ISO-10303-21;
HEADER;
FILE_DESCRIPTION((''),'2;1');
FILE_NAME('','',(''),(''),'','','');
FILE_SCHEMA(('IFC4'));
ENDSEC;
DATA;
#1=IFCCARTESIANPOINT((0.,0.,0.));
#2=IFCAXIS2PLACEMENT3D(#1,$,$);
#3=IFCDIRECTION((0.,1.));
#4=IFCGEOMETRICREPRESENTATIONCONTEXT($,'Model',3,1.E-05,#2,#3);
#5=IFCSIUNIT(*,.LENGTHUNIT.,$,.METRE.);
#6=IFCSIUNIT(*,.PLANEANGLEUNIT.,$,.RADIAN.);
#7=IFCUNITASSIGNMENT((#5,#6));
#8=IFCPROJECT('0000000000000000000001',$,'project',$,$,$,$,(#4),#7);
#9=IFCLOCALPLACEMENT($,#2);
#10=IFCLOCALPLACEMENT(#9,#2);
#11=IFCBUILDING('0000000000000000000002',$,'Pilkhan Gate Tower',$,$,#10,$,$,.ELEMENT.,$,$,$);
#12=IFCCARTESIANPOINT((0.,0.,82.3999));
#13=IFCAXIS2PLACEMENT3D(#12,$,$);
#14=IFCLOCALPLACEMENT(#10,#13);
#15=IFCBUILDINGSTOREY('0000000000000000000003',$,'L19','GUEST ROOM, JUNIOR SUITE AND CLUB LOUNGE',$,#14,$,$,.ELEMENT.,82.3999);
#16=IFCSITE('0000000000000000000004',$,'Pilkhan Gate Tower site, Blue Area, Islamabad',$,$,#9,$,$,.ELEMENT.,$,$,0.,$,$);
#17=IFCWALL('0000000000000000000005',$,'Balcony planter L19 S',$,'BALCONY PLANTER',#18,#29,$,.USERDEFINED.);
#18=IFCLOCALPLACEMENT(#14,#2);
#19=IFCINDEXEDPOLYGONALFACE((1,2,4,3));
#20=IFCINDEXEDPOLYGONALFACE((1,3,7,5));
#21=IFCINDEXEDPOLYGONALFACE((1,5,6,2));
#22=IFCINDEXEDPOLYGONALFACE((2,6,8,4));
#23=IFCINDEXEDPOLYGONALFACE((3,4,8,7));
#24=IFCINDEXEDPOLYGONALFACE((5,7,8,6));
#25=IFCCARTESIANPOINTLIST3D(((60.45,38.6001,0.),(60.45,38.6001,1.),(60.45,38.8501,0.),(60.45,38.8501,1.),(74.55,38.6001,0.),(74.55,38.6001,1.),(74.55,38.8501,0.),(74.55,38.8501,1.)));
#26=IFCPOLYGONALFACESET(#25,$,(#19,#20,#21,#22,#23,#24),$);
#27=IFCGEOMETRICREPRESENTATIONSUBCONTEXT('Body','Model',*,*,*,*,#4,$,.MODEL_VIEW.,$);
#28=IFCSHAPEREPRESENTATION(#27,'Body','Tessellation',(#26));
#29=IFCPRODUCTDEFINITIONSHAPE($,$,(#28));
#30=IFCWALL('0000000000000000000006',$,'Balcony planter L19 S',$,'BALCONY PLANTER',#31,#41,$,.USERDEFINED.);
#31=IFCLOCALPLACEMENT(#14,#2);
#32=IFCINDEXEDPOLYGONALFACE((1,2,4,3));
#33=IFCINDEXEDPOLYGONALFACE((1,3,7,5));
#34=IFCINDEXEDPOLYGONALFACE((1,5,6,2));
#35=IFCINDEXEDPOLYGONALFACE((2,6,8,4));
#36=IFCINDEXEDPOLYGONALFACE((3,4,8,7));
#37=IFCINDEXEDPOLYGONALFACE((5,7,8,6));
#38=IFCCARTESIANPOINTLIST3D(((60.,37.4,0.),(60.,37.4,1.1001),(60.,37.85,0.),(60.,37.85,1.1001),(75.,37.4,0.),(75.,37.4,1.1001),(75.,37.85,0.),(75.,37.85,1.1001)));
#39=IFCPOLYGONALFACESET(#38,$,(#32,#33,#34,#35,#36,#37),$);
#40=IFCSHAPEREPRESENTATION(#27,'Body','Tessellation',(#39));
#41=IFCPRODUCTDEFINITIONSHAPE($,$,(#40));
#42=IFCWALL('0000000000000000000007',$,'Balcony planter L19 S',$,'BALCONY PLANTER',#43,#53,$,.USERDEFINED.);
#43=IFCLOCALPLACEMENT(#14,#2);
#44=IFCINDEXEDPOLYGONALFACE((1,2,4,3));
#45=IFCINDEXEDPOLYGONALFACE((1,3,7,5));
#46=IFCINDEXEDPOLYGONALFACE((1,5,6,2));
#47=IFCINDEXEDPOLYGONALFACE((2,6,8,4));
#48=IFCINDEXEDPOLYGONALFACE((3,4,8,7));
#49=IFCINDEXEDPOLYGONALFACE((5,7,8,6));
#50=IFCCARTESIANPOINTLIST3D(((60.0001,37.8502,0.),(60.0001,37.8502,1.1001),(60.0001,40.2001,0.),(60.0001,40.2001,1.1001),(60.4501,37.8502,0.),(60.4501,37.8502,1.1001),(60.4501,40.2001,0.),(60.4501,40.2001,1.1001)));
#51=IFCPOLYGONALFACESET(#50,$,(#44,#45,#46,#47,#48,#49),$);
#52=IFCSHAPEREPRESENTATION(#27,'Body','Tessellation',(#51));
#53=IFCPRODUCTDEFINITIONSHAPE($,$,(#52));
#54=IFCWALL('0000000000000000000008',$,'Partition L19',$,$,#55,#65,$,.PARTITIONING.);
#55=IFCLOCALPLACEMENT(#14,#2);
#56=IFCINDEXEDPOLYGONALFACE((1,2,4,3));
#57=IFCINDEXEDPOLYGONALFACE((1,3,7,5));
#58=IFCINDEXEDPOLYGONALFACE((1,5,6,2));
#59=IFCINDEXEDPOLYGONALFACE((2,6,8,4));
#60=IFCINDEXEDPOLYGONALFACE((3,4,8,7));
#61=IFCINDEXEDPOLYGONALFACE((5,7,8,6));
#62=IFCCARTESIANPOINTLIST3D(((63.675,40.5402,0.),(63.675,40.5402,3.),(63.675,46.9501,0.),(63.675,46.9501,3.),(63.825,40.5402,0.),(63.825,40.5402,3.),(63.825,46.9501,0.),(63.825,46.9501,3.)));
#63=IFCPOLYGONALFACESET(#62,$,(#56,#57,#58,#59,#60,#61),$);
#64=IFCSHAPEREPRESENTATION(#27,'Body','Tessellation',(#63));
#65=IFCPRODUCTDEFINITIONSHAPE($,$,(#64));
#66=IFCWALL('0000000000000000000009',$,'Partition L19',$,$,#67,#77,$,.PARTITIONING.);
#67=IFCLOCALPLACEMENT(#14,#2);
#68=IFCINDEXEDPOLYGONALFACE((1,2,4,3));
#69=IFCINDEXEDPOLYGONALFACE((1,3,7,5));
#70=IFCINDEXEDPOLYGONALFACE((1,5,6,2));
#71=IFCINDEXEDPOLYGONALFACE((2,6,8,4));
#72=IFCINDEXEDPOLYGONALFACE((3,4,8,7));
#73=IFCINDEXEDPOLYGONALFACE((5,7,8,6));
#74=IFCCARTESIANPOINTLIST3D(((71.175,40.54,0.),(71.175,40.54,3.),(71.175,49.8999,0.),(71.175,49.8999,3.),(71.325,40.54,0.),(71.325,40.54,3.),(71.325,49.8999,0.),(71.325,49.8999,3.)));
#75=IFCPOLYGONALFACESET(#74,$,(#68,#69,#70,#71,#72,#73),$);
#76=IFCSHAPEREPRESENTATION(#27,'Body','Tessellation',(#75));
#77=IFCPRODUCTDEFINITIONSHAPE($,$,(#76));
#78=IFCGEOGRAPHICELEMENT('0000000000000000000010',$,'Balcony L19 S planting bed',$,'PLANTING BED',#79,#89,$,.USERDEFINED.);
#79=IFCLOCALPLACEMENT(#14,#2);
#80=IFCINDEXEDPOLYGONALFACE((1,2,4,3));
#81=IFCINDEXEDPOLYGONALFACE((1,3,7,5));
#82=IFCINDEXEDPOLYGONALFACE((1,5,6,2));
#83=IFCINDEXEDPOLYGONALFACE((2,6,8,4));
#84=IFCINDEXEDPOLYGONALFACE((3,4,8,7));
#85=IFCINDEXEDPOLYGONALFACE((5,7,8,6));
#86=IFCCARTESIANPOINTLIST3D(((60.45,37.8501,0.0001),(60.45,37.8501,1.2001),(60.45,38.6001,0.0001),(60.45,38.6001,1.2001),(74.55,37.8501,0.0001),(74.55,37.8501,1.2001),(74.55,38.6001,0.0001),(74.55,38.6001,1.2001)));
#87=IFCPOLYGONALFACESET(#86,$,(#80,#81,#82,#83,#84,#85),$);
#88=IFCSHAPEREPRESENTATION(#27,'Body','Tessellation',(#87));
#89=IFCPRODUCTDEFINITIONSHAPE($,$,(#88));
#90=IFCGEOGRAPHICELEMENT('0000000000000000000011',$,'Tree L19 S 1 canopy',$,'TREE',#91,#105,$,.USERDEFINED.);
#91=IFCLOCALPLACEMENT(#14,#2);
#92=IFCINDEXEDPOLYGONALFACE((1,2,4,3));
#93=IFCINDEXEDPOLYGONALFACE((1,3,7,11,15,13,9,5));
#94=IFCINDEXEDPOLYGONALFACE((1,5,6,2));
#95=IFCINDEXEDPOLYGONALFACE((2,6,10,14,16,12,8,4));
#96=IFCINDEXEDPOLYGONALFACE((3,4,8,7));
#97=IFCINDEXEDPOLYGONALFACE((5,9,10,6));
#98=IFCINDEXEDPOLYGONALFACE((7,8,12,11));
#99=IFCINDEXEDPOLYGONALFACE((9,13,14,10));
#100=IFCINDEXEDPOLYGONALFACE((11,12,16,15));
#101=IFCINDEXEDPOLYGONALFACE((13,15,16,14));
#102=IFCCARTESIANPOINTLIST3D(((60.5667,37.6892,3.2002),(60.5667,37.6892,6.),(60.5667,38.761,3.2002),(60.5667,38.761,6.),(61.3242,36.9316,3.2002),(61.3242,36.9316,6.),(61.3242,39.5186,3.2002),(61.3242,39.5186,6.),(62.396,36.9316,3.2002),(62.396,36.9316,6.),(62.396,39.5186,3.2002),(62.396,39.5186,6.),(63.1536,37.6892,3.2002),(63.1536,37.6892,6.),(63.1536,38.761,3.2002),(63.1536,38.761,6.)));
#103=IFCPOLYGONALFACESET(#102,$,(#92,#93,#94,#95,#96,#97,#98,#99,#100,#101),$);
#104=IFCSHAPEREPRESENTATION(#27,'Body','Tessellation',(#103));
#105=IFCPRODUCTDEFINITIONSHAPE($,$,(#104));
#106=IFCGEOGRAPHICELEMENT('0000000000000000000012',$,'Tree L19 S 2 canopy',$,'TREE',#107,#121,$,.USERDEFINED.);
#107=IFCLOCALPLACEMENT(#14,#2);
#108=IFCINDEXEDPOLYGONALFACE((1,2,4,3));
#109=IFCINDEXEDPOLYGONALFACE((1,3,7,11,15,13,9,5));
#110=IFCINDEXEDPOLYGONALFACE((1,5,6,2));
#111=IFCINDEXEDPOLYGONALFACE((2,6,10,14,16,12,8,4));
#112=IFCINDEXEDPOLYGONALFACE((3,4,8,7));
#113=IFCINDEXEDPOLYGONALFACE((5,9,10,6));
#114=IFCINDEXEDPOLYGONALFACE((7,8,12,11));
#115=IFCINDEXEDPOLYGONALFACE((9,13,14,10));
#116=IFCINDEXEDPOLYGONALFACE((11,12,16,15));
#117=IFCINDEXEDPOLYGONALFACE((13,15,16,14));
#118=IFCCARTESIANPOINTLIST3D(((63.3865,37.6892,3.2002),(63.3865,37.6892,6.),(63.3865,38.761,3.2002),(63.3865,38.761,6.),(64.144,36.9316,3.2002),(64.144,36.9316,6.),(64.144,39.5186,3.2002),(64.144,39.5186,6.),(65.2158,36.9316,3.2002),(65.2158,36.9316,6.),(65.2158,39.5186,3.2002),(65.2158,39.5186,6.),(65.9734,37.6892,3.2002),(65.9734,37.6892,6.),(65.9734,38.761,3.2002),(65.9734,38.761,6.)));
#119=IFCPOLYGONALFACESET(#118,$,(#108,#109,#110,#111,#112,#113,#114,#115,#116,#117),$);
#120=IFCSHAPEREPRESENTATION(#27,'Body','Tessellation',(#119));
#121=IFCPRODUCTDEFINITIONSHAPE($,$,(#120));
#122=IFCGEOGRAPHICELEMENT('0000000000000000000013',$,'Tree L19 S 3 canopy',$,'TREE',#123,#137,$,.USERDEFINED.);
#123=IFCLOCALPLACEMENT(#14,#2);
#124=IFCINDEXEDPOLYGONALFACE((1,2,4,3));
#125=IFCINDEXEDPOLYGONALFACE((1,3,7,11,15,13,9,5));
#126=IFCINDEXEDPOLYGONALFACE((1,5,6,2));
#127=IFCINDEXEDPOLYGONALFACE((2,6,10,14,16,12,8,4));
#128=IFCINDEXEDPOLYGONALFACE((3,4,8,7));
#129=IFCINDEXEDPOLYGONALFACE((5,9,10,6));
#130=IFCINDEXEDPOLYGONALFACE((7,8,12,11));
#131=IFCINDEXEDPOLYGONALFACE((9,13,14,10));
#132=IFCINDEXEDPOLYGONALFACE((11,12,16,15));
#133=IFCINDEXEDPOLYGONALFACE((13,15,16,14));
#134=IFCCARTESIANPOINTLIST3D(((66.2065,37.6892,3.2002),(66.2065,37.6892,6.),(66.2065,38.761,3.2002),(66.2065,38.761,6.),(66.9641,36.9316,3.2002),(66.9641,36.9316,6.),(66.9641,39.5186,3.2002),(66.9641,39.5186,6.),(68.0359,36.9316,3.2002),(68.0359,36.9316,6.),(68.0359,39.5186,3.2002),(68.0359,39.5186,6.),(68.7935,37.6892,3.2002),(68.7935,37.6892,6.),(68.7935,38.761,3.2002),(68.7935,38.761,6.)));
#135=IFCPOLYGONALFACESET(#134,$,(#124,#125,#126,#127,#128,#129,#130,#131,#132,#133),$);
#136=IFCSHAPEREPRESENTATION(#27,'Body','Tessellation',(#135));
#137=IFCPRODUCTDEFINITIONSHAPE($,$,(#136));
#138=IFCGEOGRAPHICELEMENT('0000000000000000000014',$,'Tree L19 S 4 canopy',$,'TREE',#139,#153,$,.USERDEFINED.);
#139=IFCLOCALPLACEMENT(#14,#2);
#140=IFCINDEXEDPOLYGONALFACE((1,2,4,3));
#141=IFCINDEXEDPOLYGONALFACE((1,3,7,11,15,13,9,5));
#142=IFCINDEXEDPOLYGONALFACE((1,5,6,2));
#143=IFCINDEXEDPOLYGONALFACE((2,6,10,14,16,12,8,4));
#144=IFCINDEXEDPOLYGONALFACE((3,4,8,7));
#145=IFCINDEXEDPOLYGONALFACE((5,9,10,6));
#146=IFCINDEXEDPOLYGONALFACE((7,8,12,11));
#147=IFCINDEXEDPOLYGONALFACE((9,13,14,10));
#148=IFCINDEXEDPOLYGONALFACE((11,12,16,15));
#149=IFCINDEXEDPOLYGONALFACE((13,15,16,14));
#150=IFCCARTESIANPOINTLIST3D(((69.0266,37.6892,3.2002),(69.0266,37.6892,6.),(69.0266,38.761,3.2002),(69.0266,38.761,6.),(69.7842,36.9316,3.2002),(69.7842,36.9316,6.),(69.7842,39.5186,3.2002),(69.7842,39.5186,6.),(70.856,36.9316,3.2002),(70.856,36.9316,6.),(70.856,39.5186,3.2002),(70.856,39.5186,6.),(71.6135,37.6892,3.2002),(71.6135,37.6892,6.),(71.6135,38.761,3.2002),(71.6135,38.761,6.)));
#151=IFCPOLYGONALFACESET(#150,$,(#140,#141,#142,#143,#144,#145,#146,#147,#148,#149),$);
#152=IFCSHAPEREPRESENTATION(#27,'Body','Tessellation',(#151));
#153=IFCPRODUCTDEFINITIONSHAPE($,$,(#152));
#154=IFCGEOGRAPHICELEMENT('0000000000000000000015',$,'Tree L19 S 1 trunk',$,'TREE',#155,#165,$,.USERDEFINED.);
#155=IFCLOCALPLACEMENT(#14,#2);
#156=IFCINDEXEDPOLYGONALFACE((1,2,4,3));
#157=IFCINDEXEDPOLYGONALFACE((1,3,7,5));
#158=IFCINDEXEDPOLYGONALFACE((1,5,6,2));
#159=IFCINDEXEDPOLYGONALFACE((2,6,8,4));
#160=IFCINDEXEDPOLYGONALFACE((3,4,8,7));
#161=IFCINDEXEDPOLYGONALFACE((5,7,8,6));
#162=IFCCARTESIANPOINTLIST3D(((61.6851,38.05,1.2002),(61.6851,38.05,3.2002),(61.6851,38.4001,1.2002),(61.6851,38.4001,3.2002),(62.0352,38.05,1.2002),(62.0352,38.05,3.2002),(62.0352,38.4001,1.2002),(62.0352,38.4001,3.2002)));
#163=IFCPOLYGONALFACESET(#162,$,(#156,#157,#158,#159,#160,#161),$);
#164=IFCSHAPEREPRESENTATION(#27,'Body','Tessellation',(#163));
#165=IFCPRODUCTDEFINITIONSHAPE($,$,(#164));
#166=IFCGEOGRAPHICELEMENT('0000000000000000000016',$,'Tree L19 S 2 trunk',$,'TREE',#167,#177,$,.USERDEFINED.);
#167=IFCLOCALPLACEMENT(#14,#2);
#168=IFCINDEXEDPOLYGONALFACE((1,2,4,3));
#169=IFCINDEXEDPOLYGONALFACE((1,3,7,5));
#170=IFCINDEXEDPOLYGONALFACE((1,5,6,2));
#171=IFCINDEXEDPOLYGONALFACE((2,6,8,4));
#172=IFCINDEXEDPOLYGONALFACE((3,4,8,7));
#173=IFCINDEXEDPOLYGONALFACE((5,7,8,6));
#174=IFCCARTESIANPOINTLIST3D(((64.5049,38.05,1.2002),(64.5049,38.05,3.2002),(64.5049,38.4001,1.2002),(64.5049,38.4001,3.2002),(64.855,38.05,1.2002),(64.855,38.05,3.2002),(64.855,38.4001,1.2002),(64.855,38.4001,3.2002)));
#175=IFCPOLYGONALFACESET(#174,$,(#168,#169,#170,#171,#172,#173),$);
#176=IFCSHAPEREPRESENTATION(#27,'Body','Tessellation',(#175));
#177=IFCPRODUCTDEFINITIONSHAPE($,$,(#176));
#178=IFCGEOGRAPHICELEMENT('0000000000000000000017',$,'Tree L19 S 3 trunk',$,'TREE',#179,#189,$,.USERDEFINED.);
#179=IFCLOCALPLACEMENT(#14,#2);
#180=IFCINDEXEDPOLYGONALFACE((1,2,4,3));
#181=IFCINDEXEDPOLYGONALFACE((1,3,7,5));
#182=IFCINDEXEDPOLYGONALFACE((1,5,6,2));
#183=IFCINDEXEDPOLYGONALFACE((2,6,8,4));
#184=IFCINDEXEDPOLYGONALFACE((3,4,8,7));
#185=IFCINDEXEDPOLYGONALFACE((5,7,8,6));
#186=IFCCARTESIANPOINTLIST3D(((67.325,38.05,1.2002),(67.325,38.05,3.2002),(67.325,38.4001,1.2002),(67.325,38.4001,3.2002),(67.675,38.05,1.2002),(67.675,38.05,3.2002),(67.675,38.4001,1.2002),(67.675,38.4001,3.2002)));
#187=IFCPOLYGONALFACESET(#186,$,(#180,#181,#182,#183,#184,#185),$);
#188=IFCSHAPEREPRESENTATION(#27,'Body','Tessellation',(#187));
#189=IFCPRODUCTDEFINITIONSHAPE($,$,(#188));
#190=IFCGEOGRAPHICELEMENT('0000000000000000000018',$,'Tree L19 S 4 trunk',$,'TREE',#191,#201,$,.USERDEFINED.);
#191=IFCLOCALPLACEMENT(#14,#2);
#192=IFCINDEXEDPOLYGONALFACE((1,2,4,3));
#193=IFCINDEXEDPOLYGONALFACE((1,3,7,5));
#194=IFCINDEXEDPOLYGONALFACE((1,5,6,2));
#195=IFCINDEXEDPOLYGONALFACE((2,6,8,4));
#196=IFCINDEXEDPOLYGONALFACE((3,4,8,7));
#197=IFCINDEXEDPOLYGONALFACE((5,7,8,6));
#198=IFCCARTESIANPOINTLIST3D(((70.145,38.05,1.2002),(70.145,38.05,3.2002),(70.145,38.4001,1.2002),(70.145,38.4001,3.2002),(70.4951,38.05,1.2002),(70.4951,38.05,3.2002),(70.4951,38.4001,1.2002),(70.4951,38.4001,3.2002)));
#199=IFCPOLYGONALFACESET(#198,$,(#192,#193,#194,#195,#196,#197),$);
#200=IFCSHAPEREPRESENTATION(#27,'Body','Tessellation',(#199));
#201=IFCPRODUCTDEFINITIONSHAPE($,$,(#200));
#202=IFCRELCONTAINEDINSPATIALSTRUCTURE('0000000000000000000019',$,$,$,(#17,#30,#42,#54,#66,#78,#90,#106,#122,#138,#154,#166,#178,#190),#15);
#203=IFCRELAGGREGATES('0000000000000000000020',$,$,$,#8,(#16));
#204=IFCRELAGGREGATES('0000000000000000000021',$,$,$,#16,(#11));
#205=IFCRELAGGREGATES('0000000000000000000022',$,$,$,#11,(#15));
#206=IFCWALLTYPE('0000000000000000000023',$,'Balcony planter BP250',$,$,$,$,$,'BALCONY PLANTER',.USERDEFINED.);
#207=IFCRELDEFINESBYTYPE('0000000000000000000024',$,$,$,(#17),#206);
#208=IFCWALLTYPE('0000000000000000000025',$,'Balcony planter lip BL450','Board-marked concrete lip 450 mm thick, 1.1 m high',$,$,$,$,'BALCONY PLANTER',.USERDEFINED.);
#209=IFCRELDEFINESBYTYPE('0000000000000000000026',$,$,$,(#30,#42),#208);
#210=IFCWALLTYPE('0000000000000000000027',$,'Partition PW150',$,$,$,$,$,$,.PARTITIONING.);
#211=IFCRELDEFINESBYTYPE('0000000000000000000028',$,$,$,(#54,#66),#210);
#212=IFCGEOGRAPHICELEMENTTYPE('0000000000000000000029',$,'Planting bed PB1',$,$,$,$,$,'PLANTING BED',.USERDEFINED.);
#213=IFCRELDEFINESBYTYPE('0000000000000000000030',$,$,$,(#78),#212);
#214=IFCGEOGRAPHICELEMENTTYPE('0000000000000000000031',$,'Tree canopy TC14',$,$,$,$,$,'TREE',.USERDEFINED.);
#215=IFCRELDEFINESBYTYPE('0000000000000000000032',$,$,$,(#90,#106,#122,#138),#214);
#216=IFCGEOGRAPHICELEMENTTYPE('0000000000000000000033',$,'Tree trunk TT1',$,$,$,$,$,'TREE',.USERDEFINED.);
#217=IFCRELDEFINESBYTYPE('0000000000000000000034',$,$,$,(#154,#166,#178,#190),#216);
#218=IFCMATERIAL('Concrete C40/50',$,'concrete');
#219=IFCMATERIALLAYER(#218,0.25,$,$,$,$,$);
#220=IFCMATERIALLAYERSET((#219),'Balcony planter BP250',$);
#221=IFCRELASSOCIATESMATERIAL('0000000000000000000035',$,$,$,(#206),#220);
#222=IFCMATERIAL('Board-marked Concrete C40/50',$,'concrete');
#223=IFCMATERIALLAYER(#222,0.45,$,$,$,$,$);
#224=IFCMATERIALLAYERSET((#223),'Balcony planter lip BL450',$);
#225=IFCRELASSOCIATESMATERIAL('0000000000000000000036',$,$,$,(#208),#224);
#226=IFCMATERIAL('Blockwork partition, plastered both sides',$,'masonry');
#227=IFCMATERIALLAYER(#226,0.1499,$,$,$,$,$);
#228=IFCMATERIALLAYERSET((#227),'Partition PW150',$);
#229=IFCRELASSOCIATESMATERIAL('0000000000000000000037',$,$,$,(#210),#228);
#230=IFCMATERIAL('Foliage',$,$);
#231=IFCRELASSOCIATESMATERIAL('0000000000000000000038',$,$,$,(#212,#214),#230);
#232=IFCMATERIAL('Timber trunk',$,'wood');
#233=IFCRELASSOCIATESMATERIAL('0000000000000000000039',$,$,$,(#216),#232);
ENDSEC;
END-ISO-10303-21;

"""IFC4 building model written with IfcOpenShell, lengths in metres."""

from ifc_helpers import new_model, si_unit, direction, frame, frame_2d, origin, origin_2d, place, context, subcontext, project, spatial, polyline, rectangle, outline, extrude, material, layer, layer_set, material_profile, profile_set, type_object, element, save


model = new_model("IFC4")

# Units and contexts
model_context = context("Model", 3, precision=1e-05, world=origin(), true_north=direction((0.0, 1.0)))
body_context = subcontext(model_context, "Body", "Model", "MODEL_VIEW")
ifc_project = project(units=[si_unit("LENGTHUNIT", "METRE"), si_unit("PLANEANGLEUNIT", "RADIAN")], contexts=[model_context])

# Site, building, storey
site_placement = place(None, origin())
site = spatial("IfcSite", under=ifc_project, at=site_placement, Name="Pilkhan Gate Tower site, Blue Area, Islamabad", CompositionType="ELEMENT", RefElevation=0.0)
building_placement = place(site_placement, origin())
building = spatial("IfcBuilding", under=site, at=building_placement, Name="Pilkhan Gate Tower", CompositionType="ELEMENT")
storey_placement = place(building_placement, frame((0.0, 0.0, 82.3999)))
storey = spatial("IfcBuildingStorey", under=building, at=storey_placement, Name="L19", Description="GUEST ROOM, JUNIOR SUITE AND CLUB LOUNGE", CompositionType="ELEMENT", Elevation=82.3999)

# Walls
ifc_material_1 = material(Name="Concrete C40/50", Category="concrete")
ifc_layer_1 = layer(ifc_material_1, 0.25)
ifc_layer_set_1 = layer_set([ifc_layer_1], Name="Balcony planter BP250")
wall_type_1 = type_object("IfcWallType", Name="Balcony planter BP250", ElementType="BALCONY PLANTER", PredefinedType="USERDEFINED", material=ifc_layer_set_1)
wall_1_placement = place(storey_placement, frame((60.45, 38.7251, 0.0), z_axis=(0.0, 0.0, 1.0), x_axis=(1.0, 0.0, 0.0)))
element("IfcWall", 1, at=wall_1_placement, inside=storey, type_object=wall_type_1, Name="Balcony planter L19 S", ObjectType="BALCONY PLANTER", PredefinedType="USERDEFINED", context=body_context, shape_type="SweptSolid", body=[
    extrude(rectangle(XDim=14.1001, YDim=0.25, at=frame_2d((7.05, 0.0))), origin(), (0.0, 0.0, 1.0), 1.0),
])
ifc_material_2 = material(Name="Board-marked Concrete C40/50", Category="concrete")
ifc_layer_2 = layer(ifc_material_2, 0.45)
ifc_layer_set_2 = layer_set([ifc_layer_2], Name="Balcony planter lip BL450")
wall_type_2 = type_object("IfcWallType", Name="Balcony planter lip BL450", Description="Board-marked concrete lip 450 mm thick, 1.1 m high", ElementType="BALCONY PLANTER", PredefinedType="USERDEFINED", material=ifc_layer_set_2)
wall_2_placement = place(storey_placement, frame((60.0, 37.625, 0.0), z_axis=(0.0, 0.0, 1.0), x_axis=(1.0, 0.0, 0.0)))
element("IfcWall", 2, at=wall_2_placement, inside=storey, type_object=wall_type_2, Name="Balcony planter L19 S", ObjectType="BALCONY PLANTER", PredefinedType="USERDEFINED", context=body_context, shape_type="SweptSolid", body=[
    extrude(rectangle(XDim=15.0, YDim=0.45, at=frame_2d((7.5, 0.0))), origin(), (0.0, 0.0, 1.0), 1.1001),
])
wall_3_placement = place(storey_placement, frame((60.2251, 40.2, 0.0), z_axis=(0.0, 0.0, 1.0), x_axis=(0.0, -1.0, 0.0)))
element("IfcWall", 3, at=wall_3_placement, inside=storey, type_object=wall_type_2, Name="Balcony planter L19 S", ObjectType="BALCONY PLANTER", PredefinedType="USERDEFINED", context=body_context, shape_type="SweptSolid", body=[
    extrude(rectangle(XDim=2.3499, YDim=0.45, at=frame_2d((1.1748, 0.0))), origin(), (0.0, 0.0, 1.0), 1.1001),
])

# Walls
ifc_material_3 = material(Name="Blockwork partition, plastered both sides", Category="masonry")
ifc_layer_3 = layer(ifc_material_3, 0.1499)
ifc_layer_set_3 = layer_set([ifc_layer_3], Name="Partition PW150")
wall_type_3 = type_object("IfcWallType", Name="Partition PW150", PredefinedType="PARTITIONING", material=ifc_layer_set_3)
wall_4_placement = place(storey_placement, frame((63.75, 40.54, 0.0), z_axis=(0.0, 0.0, 1.0), x_axis=(0.0, 1.0, 0.0)))
element("IfcWall", 4, at=wall_4_placement, inside=storey, type_object=wall_type_3, Name="Partition L19", PredefinedType="PARTITIONING", context=body_context, shape_type="SweptSolid", body=[
    extrude(rectangle(XDim=6.4099, YDim=0.1499, at=frame_2d((3.2051, 0.0))), origin(), (0.0, 0.0, 1.0), 3.0),
])
wall_5_placement = place(storey_placement, frame((71.25, 40.54, 0.0), z_axis=(0.0, 0.0, 1.0), x_axis=(0.0, 1.0, 0.0)))
element("IfcWall", 5, at=wall_5_placement, inside=storey, type_object=wall_type_3, Name="Partition L19", PredefinedType="PARTITIONING", context=body_context, shape_type="SweptSolid", body=[
    extrude(rectangle(XDim=9.3599, YDim=0.1499, at=frame_2d((4.6799, 0.0))), origin(), (0.0, 0.0, 1.0), 3.0),
])

# Geographic elements
ifc_material_4 = material(Name="Foliage")
ifc_material_profile_1 = material_profile(ifc_material_4, rectangle(XDim=0.75, YDim=1.2, at=origin_2d()), Name="Bed 750x1200")
ifc_profile_set_1 = profile_set([ifc_material_profile_1], Name="Foliage")
geographic_element_type_1 = type_object("IfcGeographicElementType", Name="Planting bed PB1", ElementType="PLANTING BED", PredefinedType="USERDEFINED", material=ifc_profile_set_1)
geographic_element_placement = place(storey_placement, frame((60.45, 38.2251, 0.6001), z_axis=(1.0, 0.0, 0.0), x_axis=(0.0, 1.0, 0.0)))
element("IfcGeographicElement", 6, at=geographic_element_placement, inside=storey, type_object=geographic_element_type_1, Name="Balcony L19 S planting bed", ObjectType="PLANTING BED", PredefinedType="USERDEFINED", context=body_context, shape_type="SweptSolid", body=[
    extrude(rectangle(XDim=0.75, YDim=1.2, at=origin_2d()), origin(), (0.0, 0.0, 1.0), 14.1001),
])
ifc_material_profile_2 = material_profile(ifc_material_4, outline(polyline([(1.2935, 0.5359), (0.5359, 1.2935), (-0.5359, 1.2935), (-1.2935, 0.5359), (-1.2935, -0.5359), (-0.5359, -1.2935), (0.5359, -1.2935), (1.2935, -0.5359), (1.2935, 0.5359)])), Name="Canopy D2.8")
ifc_profile_set_2 = profile_set([ifc_material_profile_2], Name="Foliage")
geographic_element_type_2 = type_object("IfcGeographicElementType", Name="Tree canopy TC14", ElementType="TREE", PredefinedType="USERDEFINED", material=ifc_profile_set_2)
for number, where, z_axis, x_axis, name in (
    (7, (61.8601, 38.2251, 3.2002), (0.0, 0.0, 1.0), (1.0, 0.0, 0.0), "Tree L19 S 1 canopy"),
    (8, (64.6799, 38.2251, 3.2002), (0.0, 0.0, 1.0), (1.0, 0.0, 0.0), "Tree L19 S 2 canopy"),
    (9, (67.5, 38.2251, 3.2002), (0.0, 0.0, 1.0), (1.0, 0.0, 0.0), "Tree L19 S 3 canopy"),
    (10, (70.3201, 38.2251, 3.2002), (0.0, 0.0, 1.0), (1.0, 0.0, 0.0), "Tree L19 S 4 canopy"),
):
    element("IfcGeographicElement", number, at=place(storey_placement, frame(where, z_axis=z_axis, x_axis=x_axis)), inside=storey, type_object=geographic_element_type_2, Name=name, ObjectType="TREE", PredefinedType="USERDEFINED", context=body_context, shape_type="SweptSolid", body=[
        extrude(outline(polyline([(1.2935, 0.5359), (0.5359, 1.2935), (-0.5359, 1.2935), (-1.2935, 0.5359), (-1.2935, -0.5359), (-0.5359, -1.2935), (0.5359, -1.2935), (1.2935, -0.5359), (1.2935, 0.5359)])), origin(), (0.0, 0.0, 1.0), 2.7998),
    ])
ifc_material_5 = material(Name="Timber trunk", Category="wood")
geographic_element_type_3 = type_object("IfcGeographicElementType", Name="Tree trunk TT1", ElementType="TREE", PredefinedType="USERDEFINED", material=ifc_material_5)
for number, where, z_axis, x_axis, name in (
    (11, (61.8601, 38.2251, 1.2002), (0.0, 0.0, 1.0), (1.0, 0.0, 0.0), "Tree L19 S 1 trunk"),
    (12, (64.6799, 38.2251, 1.2002), (0.0, 0.0, 1.0), (1.0, 0.0, 0.0), "Tree L19 S 2 trunk"),
    (13, (67.5, 38.2251, 1.2002), (0.0, 0.0, 1.0), (1.0, 0.0, 0.0), "Tree L19 S 3 trunk"),
    (14, (70.3201, 38.2251, 1.2002), (0.0, 0.0, 1.0), (1.0, 0.0, 0.0), "Tree L19 S 4 trunk"),
):
    element("IfcGeographicElement", number, at=place(storey_placement, frame(where, z_axis=z_axis, x_axis=x_axis)), inside=storey, type_object=geographic_element_type_3, Name=name, ObjectType="TREE", PredefinedType="USERDEFINED", context=body_context, shape_type="SweptSolid", body=[
        extrude(rectangle(XDim=0.3501, YDim=0.3501, at=origin_2d()), origin(), (0.0, 0.0, 1.0), 2.0),
    ])

save(model, "model.ifc")
